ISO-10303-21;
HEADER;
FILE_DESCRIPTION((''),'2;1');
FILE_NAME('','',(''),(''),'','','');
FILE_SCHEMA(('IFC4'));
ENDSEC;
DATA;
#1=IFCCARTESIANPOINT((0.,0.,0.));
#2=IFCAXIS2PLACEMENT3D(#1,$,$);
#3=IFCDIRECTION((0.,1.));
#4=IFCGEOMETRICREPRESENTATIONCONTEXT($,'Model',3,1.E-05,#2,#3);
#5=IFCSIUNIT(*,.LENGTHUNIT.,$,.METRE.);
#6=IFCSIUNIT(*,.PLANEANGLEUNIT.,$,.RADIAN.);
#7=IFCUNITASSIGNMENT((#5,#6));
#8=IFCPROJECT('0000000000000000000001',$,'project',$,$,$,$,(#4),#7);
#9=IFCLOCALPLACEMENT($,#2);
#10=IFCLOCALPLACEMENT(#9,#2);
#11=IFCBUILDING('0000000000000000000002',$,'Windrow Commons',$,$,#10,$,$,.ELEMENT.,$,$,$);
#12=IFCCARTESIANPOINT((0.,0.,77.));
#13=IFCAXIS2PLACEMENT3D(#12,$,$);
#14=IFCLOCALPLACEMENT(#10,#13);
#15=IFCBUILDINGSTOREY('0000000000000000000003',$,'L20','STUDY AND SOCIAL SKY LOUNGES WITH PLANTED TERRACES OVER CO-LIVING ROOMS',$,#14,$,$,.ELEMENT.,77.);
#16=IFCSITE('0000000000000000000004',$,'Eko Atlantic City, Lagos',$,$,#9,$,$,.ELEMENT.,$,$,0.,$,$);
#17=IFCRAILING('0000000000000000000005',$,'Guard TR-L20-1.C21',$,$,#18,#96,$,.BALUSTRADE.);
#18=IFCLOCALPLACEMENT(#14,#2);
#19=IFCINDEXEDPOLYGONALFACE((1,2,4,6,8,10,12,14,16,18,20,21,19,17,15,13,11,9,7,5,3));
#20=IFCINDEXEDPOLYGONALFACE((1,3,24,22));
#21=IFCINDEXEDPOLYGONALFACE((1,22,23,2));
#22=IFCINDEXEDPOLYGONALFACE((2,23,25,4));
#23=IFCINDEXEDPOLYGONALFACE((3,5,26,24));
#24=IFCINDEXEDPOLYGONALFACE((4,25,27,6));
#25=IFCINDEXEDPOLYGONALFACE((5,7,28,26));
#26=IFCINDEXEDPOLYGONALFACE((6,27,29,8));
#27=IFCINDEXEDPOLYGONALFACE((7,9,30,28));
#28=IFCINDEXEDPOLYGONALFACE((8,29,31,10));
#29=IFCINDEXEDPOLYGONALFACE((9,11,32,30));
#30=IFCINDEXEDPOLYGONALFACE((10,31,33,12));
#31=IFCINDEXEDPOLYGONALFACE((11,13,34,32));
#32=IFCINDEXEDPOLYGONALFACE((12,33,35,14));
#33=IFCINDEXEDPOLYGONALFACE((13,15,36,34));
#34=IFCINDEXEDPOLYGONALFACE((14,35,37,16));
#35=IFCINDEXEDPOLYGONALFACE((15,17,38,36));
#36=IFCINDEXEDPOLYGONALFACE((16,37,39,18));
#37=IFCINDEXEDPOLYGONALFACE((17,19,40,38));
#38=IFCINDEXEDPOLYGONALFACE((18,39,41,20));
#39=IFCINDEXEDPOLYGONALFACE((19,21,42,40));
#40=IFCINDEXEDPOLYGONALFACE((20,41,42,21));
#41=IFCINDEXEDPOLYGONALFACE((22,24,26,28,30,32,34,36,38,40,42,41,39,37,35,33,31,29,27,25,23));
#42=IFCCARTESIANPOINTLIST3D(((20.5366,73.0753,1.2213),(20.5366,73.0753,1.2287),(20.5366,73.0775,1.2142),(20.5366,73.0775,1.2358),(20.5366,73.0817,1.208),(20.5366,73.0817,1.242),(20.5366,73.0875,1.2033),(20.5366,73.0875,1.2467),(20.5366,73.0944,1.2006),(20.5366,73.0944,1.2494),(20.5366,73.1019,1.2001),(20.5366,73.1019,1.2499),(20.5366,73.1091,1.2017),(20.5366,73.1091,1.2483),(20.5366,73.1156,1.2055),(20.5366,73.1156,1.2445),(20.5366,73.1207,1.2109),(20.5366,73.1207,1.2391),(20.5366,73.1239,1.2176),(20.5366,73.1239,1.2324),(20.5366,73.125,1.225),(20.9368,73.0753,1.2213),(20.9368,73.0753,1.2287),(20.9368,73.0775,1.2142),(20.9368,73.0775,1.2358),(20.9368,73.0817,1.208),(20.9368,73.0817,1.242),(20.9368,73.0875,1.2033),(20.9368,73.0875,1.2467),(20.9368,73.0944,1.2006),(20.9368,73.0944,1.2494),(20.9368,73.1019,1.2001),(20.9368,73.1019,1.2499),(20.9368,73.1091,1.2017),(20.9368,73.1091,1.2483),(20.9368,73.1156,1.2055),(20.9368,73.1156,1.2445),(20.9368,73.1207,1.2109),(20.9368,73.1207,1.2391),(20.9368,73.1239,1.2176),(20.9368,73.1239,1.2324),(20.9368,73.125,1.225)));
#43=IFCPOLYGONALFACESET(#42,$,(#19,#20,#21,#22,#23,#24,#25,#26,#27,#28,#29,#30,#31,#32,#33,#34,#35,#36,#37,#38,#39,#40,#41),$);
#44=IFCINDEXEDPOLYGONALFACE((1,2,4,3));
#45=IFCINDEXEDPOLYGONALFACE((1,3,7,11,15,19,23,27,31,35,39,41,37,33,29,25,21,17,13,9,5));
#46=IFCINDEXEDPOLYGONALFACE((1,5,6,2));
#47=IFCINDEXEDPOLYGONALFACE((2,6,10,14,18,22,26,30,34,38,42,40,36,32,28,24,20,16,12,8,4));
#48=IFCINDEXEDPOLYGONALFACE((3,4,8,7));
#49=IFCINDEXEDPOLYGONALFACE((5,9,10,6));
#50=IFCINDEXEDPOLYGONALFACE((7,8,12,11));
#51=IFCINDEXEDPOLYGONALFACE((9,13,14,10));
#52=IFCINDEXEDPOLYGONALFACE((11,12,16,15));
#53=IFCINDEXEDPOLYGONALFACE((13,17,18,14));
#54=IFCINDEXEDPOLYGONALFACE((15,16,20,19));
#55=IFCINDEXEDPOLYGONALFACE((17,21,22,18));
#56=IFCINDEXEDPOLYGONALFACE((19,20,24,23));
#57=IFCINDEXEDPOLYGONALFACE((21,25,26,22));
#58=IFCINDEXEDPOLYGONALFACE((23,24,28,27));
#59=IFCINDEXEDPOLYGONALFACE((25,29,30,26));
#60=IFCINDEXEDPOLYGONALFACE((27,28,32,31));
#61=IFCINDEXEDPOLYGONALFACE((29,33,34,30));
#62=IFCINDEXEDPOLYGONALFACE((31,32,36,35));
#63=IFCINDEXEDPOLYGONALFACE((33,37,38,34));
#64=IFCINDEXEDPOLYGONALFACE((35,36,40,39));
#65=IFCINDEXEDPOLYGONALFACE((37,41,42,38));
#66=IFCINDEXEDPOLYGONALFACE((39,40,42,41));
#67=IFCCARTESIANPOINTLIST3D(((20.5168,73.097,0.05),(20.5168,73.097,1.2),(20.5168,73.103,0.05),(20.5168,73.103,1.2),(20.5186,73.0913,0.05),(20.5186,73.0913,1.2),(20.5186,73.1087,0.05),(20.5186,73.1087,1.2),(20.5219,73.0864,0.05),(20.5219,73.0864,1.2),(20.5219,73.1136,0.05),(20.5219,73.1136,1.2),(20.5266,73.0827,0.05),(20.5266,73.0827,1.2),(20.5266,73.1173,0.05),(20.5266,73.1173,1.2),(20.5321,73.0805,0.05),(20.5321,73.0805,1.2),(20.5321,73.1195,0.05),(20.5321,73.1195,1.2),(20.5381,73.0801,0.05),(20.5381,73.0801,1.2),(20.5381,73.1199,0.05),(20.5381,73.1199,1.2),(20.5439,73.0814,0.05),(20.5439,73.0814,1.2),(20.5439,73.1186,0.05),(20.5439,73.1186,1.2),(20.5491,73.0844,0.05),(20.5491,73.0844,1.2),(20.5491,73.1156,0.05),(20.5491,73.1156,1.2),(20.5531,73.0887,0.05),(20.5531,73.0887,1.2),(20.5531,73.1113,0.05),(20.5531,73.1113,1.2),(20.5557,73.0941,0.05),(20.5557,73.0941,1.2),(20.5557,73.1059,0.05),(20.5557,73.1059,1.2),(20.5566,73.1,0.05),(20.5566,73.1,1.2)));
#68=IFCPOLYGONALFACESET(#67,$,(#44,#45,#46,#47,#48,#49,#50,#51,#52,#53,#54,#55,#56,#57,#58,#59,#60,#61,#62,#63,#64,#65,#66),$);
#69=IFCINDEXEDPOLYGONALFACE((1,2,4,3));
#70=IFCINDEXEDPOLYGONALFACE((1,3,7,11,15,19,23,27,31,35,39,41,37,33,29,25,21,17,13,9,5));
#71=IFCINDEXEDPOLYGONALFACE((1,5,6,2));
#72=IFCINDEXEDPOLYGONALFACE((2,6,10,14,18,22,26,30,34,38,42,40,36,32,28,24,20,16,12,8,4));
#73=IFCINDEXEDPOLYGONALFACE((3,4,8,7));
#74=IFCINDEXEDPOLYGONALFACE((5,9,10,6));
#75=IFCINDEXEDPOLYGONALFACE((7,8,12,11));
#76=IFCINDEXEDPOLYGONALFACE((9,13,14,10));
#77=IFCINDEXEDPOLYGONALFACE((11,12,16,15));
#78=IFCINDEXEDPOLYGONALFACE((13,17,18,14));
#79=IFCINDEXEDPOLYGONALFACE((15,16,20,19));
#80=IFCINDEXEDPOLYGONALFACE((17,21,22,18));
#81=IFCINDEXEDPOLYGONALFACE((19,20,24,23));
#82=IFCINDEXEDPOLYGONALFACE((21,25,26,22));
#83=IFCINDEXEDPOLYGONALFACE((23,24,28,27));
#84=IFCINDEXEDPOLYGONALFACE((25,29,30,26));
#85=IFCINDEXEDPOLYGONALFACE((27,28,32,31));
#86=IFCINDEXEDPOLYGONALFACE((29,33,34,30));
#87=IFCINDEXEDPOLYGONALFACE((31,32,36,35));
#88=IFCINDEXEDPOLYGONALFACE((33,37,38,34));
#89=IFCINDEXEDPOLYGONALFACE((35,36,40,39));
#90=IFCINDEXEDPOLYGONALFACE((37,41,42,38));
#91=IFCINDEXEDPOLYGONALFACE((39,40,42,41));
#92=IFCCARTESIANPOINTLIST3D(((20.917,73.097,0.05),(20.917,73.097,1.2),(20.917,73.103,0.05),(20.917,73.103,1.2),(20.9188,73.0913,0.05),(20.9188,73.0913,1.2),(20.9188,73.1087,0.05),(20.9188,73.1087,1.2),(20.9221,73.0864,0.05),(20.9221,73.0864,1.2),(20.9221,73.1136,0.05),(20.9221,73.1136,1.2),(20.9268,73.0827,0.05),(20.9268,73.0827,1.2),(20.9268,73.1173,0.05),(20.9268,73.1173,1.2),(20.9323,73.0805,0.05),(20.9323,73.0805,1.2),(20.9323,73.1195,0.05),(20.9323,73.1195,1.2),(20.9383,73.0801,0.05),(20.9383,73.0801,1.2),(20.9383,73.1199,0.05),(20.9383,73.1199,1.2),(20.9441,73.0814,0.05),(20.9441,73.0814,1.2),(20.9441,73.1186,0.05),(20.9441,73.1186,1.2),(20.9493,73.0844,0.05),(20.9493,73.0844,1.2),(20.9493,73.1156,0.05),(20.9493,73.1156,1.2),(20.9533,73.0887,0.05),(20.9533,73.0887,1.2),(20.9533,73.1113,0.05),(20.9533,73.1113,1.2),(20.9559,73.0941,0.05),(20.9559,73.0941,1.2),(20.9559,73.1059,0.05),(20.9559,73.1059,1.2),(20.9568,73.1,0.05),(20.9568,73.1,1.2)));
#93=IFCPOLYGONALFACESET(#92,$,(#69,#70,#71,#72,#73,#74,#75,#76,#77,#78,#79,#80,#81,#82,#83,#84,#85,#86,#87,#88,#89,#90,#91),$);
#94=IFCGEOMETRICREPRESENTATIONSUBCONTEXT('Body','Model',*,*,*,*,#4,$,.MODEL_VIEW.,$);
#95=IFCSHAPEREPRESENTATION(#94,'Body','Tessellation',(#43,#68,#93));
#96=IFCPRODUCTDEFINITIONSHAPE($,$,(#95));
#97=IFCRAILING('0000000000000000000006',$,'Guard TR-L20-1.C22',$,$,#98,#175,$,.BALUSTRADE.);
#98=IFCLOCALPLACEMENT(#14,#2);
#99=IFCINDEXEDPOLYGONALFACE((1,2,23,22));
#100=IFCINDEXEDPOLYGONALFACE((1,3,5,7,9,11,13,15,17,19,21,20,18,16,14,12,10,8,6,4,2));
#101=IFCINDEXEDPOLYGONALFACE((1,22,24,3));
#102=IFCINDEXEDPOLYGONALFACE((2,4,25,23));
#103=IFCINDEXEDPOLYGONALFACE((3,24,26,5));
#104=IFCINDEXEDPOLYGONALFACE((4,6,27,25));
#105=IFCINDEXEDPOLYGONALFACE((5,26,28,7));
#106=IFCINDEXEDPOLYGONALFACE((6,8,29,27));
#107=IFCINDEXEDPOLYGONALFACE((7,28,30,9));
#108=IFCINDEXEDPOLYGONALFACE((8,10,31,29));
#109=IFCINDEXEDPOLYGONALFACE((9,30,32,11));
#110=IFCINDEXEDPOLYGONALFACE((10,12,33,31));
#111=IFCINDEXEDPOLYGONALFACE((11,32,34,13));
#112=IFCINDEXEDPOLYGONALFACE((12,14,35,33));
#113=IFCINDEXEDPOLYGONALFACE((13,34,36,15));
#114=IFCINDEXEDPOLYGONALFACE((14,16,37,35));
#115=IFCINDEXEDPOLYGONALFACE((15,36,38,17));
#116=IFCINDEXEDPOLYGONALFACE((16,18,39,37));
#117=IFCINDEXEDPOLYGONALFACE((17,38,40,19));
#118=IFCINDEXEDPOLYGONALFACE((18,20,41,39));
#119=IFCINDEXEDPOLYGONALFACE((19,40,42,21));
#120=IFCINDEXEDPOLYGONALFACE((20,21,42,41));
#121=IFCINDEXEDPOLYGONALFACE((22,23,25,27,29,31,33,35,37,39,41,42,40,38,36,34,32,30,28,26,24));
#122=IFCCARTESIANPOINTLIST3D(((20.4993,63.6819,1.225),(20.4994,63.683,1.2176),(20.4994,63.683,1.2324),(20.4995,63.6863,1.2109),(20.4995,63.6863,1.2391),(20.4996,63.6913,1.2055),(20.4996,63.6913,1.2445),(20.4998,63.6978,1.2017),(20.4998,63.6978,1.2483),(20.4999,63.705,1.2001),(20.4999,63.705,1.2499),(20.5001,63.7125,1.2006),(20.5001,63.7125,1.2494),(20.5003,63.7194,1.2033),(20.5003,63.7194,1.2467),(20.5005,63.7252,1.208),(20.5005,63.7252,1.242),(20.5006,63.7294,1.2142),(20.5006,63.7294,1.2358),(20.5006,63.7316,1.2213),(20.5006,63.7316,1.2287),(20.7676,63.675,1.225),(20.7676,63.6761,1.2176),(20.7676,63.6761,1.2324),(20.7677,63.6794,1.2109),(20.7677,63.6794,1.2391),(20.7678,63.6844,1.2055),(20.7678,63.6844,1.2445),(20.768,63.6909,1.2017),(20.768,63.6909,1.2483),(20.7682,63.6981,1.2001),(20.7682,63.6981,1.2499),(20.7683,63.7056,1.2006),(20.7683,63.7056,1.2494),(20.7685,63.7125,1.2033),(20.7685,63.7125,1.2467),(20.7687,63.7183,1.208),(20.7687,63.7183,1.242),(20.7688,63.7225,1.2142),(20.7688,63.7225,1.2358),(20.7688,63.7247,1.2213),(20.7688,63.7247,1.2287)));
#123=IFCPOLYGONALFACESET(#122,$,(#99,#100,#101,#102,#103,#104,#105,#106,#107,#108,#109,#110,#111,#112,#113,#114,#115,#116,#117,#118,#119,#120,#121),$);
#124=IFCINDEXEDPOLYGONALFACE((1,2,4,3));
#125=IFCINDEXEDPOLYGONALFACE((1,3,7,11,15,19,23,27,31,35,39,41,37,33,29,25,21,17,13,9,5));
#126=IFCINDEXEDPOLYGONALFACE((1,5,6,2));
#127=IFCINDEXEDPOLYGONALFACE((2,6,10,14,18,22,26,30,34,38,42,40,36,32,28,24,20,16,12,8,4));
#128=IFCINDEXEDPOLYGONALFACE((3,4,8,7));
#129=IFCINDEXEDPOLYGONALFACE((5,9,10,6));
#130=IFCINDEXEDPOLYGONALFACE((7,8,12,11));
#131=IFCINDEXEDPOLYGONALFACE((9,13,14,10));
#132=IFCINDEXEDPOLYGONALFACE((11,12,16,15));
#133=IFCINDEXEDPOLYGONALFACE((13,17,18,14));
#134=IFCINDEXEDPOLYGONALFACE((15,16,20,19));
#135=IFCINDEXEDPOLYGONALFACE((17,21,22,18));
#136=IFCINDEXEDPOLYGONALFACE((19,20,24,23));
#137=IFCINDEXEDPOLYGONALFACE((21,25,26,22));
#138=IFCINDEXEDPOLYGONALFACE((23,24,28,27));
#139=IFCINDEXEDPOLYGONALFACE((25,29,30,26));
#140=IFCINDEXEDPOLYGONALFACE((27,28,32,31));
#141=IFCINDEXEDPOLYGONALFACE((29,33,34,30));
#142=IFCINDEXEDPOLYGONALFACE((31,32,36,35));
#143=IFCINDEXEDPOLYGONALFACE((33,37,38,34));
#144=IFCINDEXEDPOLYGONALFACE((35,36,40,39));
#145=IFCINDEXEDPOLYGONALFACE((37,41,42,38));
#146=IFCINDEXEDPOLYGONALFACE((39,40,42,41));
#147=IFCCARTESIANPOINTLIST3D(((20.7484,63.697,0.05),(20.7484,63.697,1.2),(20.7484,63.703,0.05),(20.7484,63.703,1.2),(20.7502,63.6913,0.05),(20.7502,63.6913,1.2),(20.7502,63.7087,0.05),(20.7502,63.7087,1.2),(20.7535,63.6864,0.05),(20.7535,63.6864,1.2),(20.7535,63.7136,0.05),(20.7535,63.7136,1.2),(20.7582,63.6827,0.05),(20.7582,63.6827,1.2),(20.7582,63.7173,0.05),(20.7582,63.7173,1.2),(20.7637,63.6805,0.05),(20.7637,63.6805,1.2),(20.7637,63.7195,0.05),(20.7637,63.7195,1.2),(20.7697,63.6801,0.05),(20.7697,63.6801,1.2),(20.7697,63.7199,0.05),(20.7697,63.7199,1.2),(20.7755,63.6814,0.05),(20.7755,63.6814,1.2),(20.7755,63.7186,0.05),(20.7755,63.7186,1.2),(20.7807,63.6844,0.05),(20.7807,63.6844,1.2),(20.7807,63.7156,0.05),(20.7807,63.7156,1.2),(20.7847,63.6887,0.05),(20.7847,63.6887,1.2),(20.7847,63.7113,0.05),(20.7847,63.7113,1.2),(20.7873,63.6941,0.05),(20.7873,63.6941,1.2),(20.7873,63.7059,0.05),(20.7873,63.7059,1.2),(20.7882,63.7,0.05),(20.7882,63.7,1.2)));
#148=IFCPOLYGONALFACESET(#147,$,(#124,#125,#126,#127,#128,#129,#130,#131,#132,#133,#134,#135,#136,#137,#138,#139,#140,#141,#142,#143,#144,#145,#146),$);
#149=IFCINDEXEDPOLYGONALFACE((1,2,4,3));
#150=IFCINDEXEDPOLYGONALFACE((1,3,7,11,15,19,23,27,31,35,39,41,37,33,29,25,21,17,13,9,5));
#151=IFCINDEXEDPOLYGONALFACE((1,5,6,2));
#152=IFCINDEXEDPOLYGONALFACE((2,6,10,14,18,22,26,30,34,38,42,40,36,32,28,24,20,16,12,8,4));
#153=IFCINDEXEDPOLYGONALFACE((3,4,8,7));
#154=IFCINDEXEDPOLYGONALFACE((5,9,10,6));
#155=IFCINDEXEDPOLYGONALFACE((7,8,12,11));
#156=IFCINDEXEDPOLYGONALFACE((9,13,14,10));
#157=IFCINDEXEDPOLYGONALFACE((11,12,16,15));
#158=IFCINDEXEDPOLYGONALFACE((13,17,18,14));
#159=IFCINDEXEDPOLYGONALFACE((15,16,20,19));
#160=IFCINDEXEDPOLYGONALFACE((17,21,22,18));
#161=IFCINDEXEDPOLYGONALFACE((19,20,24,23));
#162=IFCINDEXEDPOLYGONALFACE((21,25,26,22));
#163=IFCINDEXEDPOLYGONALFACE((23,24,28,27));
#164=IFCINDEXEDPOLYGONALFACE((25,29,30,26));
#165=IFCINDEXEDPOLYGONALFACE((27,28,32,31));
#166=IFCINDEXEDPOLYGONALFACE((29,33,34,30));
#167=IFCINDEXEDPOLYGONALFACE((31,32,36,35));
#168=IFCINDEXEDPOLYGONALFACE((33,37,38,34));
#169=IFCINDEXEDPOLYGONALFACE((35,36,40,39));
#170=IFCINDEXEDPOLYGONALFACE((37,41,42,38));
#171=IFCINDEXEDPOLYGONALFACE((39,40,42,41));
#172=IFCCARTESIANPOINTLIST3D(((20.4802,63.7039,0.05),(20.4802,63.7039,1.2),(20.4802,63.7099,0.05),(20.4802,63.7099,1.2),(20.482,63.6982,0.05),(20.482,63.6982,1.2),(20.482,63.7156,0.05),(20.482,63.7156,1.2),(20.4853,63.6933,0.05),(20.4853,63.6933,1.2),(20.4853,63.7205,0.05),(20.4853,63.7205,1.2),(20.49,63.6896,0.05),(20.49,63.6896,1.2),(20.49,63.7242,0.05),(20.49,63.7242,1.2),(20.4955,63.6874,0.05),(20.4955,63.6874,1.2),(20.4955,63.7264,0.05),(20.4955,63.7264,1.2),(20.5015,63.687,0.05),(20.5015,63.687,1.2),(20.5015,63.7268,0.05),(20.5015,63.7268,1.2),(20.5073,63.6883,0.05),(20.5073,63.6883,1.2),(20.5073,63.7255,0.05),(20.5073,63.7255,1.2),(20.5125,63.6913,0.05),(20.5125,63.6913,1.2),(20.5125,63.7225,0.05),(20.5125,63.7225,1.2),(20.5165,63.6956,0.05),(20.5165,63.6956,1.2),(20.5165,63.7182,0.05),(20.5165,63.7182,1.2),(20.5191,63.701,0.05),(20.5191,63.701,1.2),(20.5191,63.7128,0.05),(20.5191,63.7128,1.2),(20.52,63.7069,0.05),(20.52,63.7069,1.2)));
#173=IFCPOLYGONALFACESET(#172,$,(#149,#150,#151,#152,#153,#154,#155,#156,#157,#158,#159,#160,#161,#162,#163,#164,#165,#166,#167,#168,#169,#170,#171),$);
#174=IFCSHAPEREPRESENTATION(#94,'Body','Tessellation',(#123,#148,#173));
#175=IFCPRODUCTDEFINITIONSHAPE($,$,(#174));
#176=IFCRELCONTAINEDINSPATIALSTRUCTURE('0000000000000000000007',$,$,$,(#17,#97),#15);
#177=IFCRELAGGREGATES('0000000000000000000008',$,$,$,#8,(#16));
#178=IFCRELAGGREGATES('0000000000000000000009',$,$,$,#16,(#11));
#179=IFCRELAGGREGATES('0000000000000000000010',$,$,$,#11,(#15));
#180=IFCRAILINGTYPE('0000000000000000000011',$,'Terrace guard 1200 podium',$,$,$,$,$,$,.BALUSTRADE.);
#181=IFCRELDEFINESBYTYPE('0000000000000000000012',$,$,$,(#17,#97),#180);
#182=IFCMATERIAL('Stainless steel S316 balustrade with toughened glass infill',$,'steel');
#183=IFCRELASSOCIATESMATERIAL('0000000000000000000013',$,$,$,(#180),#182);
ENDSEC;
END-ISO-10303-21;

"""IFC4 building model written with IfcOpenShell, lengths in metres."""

from ifc_helpers import new_model, si_unit, direction, frame, origin, origin_2d, place, context, subcontext, project, spatial, circle, extrude, material, type_object, element, save


model = new_model("IFC4")

# Units and contexts
model_context = context("Model", 3, precision=1e-05, world=origin(), true_north=direction((0.0, 1.0)))
body_context = subcontext(model_context, "Body", "Model", "MODEL_VIEW")
ifc_project = project(units=[si_unit("LENGTHUNIT", "METRE"), si_unit("PLANEANGLEUNIT", "RADIAN")], contexts=[model_context])

# Site, building, storey
site_placement = place(None, origin())
site = spatial("IfcSite", under=ifc_project, at=site_placement, Name="Eko Atlantic City, Lagos", CompositionType="ELEMENT", RefElevation=0.0)
building_placement = place(site_placement, origin())
building = spatial("IfcBuilding", under=site, at=building_placement, Name="Windrow Commons", CompositionType="ELEMENT")
storey_placement = place(building_placement, frame((0.0, 0.0, 77.0)))
storey = spatial("IfcBuildingStorey", under=building, at=storey_placement, Name="L20", Description="STUDY AND SOCIAL SKY LOUNGES WITH PLANTED TERRACES OVER CO-LIVING ROOMS", CompositionType="ELEMENT", Elevation=77.0)

# Railings
ifc_material_1 = material(Name="Stainless steel S316 balustrade with toughened glass infill", Category="steel")
railing_type = type_object("IfcRailingType", Name="Terrace guard 1200 podium", PredefinedType="BALUSTRADE", material=ifc_material_1)
railing_1_placement = place(storey_placement, frame((20.5366, 73.1, 0.05)))
element("IfcRailing", 1, at=railing_1_placement, inside=storey, type_object=railing_type, Name="Guard TR-L20-1.C21", PredefinedType="BALUSTRADE", context=body_context, shape_type="SweptSolid", body=[
    extrude(circle(Radius=0.025, at=origin_2d()), frame((0.0, 0.0, 1.175), z_axis=(1.0, 0.0, 0.0), x_axis=(0.0, 1.0, 0.0)), (0.0, 0.0, 1.0), 0.4002),
    extrude(circle(Radius=0.02, at=origin_2d()), origin(), (0.0, 0.0, 1.0), 1.15),
    extrude(circle(Radius=0.02, at=origin_2d()), frame((0.4002, 0.0, 0.0)), (0.0, 0.0, 1.0), 1.15),
])
railing_2_placement = place(storey_placement, frame((20.7682, 63.7, 0.05)))
element("IfcRailing", 2, at=railing_2_placement, inside=storey, type_object=railing_type, Name="Guard TR-L20-1.C22", PredefinedType="BALUSTRADE", context=body_context, shape_type="SweptSolid", body=[
    extrude(circle(Radius=0.025, at=origin_2d()), frame((0.0, 0.0, 1.175), z_axis=(-0.999669, 0.025719, 0.0), x_axis=(-0.025719, -0.999669, 0.0)), (0.0, 0.0, 1.0), 0.2683),
    extrude(circle(Radius=0.02, at=origin_2d()), origin(), (0.0, 0.0, 1.0), 1.15),
    extrude(circle(Radius=0.02, at=origin_2d()), frame((-0.2682, 0.0069, 0.0)), (0.0, 0.0, 1.0), 1.15),
])

save(model, "model.ifc")
